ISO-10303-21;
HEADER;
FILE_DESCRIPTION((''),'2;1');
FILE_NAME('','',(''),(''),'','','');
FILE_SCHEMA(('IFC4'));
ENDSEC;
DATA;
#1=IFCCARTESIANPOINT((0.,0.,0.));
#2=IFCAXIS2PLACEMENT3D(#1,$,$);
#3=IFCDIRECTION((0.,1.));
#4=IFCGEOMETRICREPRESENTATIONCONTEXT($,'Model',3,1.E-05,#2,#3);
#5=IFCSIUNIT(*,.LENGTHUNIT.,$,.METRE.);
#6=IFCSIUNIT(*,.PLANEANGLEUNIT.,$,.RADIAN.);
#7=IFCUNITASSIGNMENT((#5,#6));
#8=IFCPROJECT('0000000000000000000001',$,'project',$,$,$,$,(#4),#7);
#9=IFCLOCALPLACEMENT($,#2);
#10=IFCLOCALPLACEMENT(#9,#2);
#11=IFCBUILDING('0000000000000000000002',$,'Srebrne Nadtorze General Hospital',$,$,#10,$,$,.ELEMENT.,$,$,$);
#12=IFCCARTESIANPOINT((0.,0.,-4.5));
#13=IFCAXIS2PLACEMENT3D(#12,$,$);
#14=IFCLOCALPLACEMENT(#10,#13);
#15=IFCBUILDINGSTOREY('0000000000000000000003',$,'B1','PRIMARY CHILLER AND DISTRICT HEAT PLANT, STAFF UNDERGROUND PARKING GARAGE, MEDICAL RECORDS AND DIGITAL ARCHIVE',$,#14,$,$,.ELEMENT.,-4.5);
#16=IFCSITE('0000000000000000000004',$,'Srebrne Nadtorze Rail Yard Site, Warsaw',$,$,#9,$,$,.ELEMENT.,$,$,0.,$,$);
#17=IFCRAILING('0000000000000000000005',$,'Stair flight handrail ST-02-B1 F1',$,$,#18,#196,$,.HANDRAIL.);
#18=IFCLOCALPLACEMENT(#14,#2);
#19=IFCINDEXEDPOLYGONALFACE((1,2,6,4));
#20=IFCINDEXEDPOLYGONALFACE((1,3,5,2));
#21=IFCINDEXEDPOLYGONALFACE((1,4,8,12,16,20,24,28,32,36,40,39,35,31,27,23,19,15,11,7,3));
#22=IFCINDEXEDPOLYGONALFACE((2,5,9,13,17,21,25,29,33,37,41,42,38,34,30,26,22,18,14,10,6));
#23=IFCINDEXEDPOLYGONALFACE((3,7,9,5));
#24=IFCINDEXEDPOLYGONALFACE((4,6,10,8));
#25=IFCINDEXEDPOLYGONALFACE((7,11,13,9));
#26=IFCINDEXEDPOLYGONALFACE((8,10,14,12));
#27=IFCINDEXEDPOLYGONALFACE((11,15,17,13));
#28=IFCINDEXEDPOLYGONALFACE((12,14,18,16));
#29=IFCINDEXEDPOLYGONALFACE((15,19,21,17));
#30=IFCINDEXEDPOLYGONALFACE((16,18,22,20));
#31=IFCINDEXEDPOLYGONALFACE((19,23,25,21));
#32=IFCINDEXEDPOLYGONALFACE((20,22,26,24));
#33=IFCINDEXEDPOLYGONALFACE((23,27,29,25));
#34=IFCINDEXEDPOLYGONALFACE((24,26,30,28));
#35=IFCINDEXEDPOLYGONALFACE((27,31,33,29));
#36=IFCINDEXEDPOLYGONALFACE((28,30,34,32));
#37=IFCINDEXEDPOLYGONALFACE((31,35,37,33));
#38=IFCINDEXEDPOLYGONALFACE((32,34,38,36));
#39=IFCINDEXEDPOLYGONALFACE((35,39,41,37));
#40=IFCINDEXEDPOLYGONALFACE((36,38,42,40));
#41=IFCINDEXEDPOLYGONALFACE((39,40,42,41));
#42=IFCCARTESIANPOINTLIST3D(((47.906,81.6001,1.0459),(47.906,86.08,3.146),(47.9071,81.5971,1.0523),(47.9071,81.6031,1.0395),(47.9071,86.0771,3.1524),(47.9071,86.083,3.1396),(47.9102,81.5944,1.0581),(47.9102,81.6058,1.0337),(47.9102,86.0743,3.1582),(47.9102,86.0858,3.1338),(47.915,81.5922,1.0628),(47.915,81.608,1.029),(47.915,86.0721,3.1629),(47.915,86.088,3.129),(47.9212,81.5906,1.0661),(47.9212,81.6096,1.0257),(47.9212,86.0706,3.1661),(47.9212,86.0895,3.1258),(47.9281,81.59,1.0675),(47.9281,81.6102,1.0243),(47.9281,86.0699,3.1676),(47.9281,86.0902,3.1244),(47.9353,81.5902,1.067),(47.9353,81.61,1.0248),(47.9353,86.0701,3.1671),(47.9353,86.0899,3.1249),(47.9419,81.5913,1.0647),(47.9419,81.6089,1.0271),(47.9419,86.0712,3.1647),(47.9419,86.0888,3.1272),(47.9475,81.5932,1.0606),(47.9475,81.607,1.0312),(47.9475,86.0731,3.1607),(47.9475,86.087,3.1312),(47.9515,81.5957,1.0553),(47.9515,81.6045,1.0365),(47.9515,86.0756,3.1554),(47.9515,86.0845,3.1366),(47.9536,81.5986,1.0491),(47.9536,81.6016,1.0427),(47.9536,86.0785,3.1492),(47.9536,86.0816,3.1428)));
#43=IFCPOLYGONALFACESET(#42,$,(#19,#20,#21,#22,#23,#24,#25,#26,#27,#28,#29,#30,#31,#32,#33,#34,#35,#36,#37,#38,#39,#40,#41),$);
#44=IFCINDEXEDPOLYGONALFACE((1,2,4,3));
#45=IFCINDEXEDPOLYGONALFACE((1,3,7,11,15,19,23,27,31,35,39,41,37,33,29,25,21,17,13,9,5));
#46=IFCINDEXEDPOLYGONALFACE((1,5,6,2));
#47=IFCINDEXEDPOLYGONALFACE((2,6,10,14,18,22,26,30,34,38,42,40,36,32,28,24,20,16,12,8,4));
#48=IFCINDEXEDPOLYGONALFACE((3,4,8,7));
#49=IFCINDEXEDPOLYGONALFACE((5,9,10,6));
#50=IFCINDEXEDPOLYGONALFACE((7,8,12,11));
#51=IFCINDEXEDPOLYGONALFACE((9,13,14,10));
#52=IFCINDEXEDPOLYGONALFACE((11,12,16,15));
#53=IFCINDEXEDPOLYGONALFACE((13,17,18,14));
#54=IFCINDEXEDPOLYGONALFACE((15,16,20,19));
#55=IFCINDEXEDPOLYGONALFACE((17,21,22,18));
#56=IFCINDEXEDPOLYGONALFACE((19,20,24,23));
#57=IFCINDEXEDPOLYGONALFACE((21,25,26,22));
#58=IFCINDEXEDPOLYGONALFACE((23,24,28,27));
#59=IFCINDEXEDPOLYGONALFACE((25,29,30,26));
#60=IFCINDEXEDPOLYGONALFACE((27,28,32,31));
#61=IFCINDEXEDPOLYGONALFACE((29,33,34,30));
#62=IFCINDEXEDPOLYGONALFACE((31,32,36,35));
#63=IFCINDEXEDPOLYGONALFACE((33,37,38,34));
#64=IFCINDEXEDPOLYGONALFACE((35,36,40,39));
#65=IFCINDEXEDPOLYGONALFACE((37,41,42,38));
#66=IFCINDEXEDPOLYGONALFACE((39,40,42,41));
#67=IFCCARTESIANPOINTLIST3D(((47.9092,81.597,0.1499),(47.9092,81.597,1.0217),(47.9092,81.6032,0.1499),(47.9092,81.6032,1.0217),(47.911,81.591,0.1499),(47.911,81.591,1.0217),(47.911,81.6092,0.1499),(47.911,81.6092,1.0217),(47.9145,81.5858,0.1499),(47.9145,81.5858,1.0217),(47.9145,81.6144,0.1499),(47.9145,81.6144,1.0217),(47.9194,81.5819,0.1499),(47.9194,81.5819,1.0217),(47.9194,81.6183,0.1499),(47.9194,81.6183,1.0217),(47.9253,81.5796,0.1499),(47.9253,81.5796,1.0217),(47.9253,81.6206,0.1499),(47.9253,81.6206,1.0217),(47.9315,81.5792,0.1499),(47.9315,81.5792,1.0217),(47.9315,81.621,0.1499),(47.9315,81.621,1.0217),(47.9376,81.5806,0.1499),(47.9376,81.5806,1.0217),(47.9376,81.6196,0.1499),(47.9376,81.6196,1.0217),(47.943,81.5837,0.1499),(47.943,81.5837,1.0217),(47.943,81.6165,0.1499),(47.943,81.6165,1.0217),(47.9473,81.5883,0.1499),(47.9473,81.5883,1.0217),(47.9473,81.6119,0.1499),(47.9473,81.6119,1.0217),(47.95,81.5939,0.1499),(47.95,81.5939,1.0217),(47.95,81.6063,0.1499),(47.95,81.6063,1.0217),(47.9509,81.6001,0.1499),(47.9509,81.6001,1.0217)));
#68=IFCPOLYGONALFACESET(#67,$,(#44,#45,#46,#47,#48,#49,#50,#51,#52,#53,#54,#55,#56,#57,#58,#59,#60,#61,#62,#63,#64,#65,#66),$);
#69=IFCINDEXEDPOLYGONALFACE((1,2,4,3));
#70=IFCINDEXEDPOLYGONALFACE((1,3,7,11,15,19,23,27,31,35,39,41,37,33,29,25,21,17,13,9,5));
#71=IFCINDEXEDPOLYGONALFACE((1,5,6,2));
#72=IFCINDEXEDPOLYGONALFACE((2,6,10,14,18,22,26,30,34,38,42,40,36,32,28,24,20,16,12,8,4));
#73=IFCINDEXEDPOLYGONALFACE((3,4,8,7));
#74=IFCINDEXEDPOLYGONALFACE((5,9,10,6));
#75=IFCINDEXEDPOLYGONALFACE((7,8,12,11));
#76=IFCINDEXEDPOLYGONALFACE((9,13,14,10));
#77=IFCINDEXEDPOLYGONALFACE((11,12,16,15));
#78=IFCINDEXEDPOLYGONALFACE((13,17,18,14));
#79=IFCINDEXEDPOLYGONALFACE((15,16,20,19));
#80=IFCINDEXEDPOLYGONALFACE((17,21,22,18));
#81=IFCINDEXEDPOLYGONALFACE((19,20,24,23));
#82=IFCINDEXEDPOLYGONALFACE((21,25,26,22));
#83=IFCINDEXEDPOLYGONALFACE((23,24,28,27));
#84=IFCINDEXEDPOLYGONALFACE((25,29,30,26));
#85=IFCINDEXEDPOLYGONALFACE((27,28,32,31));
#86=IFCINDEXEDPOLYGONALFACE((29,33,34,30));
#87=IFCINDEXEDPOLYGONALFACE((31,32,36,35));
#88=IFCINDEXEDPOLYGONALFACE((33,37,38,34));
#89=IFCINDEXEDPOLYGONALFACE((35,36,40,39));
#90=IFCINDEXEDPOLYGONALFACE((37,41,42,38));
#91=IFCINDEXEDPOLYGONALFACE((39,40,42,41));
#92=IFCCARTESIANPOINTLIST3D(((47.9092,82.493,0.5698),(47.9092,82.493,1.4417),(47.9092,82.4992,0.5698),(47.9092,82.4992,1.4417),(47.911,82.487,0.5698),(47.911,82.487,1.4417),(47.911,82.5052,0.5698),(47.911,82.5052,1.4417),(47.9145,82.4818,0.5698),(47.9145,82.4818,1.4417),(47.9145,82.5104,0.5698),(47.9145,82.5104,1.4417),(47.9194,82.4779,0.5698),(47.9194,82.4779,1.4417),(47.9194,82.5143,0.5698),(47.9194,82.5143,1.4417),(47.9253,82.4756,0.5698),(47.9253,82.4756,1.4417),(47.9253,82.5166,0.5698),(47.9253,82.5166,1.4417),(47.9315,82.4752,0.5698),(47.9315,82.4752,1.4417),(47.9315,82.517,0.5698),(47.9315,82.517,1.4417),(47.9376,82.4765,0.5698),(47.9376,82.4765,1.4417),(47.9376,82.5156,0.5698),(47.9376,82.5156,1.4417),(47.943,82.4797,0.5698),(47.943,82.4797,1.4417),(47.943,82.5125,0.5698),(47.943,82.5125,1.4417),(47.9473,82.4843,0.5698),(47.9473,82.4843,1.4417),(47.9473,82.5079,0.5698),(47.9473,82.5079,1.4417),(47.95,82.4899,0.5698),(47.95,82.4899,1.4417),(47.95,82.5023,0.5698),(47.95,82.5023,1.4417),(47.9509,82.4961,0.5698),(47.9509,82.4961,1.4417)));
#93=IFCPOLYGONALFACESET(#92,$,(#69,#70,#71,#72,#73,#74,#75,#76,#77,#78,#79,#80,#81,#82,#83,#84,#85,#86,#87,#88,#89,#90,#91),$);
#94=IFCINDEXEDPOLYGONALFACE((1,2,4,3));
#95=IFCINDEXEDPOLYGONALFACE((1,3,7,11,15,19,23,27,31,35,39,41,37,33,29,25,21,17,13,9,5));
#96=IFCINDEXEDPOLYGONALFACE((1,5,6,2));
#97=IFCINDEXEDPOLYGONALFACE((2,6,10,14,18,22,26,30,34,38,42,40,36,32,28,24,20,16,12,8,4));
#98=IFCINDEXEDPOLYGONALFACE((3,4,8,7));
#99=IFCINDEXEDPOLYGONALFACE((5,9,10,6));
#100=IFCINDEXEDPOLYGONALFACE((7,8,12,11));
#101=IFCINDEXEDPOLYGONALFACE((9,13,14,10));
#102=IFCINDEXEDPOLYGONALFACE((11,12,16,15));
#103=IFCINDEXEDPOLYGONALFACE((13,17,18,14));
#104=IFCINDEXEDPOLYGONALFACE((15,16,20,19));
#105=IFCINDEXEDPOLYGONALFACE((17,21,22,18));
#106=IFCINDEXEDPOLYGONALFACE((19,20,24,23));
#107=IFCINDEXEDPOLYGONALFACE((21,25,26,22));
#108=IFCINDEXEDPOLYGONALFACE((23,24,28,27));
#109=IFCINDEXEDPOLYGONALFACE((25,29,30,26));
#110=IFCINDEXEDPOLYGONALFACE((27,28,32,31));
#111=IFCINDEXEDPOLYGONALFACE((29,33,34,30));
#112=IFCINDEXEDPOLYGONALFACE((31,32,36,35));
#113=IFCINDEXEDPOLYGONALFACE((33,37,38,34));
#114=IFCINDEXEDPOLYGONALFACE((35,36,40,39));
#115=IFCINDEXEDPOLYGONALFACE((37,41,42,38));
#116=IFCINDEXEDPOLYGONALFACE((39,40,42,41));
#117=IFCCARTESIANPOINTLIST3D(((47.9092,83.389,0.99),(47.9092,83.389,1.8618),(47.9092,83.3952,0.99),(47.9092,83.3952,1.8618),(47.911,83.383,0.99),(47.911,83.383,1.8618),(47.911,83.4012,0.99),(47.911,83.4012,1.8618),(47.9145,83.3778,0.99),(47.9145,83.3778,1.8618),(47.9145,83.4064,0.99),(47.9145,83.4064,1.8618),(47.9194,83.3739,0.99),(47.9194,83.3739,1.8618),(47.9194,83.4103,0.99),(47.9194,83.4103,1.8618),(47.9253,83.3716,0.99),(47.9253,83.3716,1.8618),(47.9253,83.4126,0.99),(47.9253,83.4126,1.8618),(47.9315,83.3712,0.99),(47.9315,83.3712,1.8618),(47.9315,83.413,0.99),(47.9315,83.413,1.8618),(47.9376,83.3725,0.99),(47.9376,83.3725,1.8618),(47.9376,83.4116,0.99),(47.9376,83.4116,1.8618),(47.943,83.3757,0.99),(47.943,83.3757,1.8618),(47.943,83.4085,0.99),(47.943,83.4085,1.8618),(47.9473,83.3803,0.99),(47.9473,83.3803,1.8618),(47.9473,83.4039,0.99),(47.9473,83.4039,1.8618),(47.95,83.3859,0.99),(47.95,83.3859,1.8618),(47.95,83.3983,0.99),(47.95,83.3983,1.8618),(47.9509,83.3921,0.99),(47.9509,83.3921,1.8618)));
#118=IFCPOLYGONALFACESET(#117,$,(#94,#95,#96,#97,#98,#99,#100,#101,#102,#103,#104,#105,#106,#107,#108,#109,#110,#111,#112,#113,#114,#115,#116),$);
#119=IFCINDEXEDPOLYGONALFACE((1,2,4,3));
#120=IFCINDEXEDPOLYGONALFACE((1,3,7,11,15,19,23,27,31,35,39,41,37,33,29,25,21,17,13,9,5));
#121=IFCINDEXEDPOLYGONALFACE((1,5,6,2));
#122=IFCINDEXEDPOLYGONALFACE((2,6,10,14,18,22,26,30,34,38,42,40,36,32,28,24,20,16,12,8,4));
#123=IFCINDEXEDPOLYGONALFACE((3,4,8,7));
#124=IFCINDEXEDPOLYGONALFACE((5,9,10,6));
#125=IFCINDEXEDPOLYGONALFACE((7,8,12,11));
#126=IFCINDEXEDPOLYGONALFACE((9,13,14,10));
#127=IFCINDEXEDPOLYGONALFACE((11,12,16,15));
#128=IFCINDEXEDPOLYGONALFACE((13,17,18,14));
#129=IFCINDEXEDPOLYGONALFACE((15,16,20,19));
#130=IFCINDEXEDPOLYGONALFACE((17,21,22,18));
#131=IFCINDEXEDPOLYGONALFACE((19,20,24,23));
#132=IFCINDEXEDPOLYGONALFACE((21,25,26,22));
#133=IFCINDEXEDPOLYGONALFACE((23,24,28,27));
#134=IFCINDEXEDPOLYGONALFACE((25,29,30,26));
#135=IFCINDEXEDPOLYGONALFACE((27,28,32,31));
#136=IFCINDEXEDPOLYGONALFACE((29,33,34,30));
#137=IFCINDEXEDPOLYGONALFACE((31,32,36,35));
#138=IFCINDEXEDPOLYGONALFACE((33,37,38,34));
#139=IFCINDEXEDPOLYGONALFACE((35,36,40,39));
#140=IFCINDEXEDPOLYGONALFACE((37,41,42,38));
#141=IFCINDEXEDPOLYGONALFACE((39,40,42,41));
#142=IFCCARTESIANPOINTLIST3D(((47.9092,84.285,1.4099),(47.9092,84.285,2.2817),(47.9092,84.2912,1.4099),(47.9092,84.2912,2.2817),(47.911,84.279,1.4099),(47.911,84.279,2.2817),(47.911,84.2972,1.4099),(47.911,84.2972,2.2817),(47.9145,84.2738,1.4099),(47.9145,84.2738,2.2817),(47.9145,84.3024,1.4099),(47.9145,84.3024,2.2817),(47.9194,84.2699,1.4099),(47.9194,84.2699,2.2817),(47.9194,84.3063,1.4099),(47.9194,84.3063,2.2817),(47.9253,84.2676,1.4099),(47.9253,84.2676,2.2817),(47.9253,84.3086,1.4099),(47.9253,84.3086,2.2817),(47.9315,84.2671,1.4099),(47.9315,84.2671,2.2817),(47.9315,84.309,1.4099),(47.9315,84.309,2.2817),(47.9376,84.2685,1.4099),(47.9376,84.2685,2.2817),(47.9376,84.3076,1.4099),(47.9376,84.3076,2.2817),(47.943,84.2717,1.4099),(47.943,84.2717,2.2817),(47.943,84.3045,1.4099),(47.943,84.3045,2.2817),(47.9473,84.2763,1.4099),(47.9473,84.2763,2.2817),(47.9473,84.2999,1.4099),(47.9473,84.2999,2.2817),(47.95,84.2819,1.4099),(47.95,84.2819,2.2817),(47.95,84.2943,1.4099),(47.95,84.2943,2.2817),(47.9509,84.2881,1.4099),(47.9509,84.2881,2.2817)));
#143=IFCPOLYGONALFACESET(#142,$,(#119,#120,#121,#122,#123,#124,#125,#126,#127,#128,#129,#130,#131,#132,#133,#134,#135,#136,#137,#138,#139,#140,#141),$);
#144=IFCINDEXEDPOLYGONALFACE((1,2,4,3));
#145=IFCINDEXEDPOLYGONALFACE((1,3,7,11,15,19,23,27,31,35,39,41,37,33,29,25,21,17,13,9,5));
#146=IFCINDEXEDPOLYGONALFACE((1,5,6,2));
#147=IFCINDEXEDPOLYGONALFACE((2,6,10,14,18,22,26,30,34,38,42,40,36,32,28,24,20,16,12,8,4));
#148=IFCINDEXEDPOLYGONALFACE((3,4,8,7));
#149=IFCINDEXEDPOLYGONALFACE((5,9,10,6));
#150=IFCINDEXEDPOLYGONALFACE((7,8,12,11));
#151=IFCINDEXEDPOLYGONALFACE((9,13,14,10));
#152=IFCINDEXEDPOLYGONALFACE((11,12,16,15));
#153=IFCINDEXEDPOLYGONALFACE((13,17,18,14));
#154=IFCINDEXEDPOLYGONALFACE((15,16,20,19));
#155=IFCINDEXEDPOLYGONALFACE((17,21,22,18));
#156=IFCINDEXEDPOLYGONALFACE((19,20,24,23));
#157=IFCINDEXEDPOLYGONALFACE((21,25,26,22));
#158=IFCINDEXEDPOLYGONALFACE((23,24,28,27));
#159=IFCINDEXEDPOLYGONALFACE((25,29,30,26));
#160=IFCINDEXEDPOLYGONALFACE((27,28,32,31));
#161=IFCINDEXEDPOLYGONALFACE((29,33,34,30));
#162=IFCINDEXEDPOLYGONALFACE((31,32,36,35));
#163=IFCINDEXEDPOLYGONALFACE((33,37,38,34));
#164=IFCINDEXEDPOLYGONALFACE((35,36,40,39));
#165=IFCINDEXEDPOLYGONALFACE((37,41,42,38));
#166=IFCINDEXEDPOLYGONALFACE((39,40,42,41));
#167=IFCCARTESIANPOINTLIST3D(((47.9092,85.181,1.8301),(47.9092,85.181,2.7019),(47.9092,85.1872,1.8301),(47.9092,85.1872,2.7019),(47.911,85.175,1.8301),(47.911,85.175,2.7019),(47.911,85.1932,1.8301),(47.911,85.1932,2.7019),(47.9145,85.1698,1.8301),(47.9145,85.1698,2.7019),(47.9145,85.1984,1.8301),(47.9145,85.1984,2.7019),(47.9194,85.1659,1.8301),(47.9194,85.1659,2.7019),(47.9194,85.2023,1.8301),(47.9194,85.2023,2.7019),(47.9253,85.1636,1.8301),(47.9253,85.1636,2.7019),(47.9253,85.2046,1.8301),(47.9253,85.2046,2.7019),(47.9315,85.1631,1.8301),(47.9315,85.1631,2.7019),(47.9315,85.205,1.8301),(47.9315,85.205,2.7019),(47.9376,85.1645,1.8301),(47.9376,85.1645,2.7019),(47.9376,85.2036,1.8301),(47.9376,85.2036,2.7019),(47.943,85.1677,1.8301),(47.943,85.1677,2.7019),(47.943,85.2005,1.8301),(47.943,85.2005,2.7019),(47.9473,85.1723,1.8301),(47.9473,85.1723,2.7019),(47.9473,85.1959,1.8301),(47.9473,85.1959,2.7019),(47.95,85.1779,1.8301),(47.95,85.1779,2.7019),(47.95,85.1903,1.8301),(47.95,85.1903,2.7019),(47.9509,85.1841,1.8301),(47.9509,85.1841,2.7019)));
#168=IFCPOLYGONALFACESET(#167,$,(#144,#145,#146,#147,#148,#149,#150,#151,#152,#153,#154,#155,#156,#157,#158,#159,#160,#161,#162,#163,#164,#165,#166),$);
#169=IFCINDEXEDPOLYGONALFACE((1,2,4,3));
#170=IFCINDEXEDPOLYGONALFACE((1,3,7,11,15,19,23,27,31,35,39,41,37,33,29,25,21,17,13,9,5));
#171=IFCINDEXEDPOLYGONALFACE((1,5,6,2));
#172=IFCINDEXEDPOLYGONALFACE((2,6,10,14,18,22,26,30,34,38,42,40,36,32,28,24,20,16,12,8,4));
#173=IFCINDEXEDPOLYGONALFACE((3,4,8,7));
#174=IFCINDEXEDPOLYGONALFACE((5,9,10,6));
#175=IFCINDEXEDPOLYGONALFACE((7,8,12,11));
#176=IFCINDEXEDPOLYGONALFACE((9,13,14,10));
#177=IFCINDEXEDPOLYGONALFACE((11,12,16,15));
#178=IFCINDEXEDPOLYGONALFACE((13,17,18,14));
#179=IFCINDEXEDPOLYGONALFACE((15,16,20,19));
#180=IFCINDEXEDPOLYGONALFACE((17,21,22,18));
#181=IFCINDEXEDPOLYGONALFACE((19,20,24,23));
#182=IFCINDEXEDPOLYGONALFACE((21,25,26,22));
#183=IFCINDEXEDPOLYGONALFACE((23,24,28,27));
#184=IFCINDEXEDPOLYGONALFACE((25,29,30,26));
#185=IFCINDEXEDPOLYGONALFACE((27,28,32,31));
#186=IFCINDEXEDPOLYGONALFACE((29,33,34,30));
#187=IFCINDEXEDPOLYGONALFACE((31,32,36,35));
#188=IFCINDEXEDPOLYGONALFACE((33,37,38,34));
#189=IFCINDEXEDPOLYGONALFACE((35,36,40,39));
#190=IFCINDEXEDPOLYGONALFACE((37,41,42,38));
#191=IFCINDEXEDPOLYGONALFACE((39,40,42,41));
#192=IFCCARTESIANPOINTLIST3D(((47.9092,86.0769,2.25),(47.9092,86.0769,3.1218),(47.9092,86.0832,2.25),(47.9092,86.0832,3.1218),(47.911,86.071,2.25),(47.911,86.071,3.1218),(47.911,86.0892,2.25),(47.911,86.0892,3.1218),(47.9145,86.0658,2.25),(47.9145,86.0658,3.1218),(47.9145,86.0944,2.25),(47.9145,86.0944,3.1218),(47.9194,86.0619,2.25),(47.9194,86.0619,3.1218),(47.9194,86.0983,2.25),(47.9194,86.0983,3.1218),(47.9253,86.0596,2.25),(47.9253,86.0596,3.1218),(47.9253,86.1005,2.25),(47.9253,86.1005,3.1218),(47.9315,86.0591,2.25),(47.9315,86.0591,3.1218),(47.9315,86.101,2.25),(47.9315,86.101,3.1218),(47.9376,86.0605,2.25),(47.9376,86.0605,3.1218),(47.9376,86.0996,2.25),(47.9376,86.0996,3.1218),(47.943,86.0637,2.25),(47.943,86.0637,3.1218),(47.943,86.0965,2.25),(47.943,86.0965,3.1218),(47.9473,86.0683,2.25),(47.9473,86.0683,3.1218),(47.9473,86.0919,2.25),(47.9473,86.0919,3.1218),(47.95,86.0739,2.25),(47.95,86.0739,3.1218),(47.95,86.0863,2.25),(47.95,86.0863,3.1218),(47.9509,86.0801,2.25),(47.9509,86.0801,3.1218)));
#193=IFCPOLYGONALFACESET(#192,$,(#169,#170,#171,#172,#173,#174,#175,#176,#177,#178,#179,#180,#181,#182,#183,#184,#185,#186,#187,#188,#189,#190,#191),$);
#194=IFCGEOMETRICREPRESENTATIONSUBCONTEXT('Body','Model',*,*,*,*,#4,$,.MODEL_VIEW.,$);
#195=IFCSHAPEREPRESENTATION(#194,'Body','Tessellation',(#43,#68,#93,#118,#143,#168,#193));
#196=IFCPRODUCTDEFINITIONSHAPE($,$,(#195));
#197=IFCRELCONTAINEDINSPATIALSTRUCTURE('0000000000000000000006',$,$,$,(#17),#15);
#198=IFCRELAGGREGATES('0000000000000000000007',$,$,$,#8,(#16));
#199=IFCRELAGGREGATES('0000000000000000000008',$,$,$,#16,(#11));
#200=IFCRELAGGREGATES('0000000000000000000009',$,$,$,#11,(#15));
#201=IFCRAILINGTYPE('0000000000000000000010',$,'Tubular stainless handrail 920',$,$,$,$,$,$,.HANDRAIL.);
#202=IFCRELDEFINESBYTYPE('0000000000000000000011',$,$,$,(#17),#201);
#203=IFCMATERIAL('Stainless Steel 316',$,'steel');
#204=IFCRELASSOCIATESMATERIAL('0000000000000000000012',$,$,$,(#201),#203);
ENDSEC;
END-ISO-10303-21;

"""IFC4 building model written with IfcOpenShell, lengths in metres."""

from ifc_helpers import new_model, si_unit, direction, frame, origin, origin_2d, place, context, subcontext, project, spatial, circle, extrude, material, type_object, element, save


model = new_model("IFC4")

# Units and contexts
model_context = context("Model", 3, precision=1e-05, world=origin(), true_north=direction((0.0, 1.0)))
body_context = subcontext(model_context, "Body", "Model", "MODEL_VIEW")
ifc_project = project(units=[si_unit("LENGTHUNIT", "METRE"), si_unit("PLANEANGLEUNIT", "RADIAN")], contexts=[model_context])

# Site, building, storey
site_placement = place(None, origin())
site = spatial("IfcSite", under=ifc_project, at=site_placement, Name="Srebrne Nadtorze Rail Yard Site, Warsaw", CompositionType="ELEMENT", RefElevation=0.0)
building_placement = place(site_placement, origin())
building = spatial("IfcBuilding", under=site, at=building_placement, Name="Srebrne Nadtorze General Hospital", CompositionType="ELEMENT")
storey_placement = place(building_placement, frame((0.0, 0.0, -4.5)))
storey = spatial("IfcBuildingStorey", under=building, at=storey_placement, Name="B1", Description="PRIMARY CHILLER AND DISTRICT HEAT PLANT, STAFF UNDERGROUND PARKING GARAGE, MEDICAL RECORDS AND DIGITAL ARCHIVE", CompositionType="ELEMENT", Elevation=-4.5)

# Railing
ifc_material_1 = material(Name="Stainless Steel 316", Category="steel")
railing_type = type_object("IfcRailingType", Name="Tubular stainless handrail 920", PredefinedType="HANDRAIL", material=ifc_material_1)
railing_placement = place(storey_placement, frame((47.9299, 81.6001, 0.1499)))
element("IfcRailing", 1, at=railing_placement, inside=storey, type_object=railing_type, Name="Stair flight handrail ST-02-B1 F1", PredefinedType="HANDRAIL", context=body_context, shape_type="SweptSolid", body=[
    extrude(circle(Radius=0.0239, at=origin_2d()), frame((0.0, 0.0, 0.896), z_axis=(0.0, 0.905451, 0.424452), x_axis=(-1.0, 0.0, 0.0)), (0.0, 0.0, 1.0), 4.9478),
    extrude(circle(Radius=0.021, at=origin_2d()), origin(), (0.0, 0.0, 1.0), 0.8718),
    extrude(circle(Radius=0.021, at=origin_2d()), frame((0.0, 0.896, 0.4199)), (0.0, 0.0, 1.0), 0.8718),
    extrude(circle(Radius=0.021, at=origin_2d()), frame((0.0, 1.792, 0.8401)), (0.0, 0.0, 1.0), 0.8718),
    extrude(circle(Radius=0.021, at=origin_2d()), frame((0.0, 2.688, 1.26)), (0.0, 0.0, 1.0), 0.8718),
    extrude(circle(Radius=0.021, at=origin_2d()), frame((0.0, 3.584, 1.6802)), (0.0, 0.0, 1.0), 0.8718),
    extrude(circle(Radius=0.021, at=origin_2d()), frame((0.0, 4.48, 2.1001)), (0.0, 0.0, 1.0), 0.8718),
])

save(model, "model.ifc")
